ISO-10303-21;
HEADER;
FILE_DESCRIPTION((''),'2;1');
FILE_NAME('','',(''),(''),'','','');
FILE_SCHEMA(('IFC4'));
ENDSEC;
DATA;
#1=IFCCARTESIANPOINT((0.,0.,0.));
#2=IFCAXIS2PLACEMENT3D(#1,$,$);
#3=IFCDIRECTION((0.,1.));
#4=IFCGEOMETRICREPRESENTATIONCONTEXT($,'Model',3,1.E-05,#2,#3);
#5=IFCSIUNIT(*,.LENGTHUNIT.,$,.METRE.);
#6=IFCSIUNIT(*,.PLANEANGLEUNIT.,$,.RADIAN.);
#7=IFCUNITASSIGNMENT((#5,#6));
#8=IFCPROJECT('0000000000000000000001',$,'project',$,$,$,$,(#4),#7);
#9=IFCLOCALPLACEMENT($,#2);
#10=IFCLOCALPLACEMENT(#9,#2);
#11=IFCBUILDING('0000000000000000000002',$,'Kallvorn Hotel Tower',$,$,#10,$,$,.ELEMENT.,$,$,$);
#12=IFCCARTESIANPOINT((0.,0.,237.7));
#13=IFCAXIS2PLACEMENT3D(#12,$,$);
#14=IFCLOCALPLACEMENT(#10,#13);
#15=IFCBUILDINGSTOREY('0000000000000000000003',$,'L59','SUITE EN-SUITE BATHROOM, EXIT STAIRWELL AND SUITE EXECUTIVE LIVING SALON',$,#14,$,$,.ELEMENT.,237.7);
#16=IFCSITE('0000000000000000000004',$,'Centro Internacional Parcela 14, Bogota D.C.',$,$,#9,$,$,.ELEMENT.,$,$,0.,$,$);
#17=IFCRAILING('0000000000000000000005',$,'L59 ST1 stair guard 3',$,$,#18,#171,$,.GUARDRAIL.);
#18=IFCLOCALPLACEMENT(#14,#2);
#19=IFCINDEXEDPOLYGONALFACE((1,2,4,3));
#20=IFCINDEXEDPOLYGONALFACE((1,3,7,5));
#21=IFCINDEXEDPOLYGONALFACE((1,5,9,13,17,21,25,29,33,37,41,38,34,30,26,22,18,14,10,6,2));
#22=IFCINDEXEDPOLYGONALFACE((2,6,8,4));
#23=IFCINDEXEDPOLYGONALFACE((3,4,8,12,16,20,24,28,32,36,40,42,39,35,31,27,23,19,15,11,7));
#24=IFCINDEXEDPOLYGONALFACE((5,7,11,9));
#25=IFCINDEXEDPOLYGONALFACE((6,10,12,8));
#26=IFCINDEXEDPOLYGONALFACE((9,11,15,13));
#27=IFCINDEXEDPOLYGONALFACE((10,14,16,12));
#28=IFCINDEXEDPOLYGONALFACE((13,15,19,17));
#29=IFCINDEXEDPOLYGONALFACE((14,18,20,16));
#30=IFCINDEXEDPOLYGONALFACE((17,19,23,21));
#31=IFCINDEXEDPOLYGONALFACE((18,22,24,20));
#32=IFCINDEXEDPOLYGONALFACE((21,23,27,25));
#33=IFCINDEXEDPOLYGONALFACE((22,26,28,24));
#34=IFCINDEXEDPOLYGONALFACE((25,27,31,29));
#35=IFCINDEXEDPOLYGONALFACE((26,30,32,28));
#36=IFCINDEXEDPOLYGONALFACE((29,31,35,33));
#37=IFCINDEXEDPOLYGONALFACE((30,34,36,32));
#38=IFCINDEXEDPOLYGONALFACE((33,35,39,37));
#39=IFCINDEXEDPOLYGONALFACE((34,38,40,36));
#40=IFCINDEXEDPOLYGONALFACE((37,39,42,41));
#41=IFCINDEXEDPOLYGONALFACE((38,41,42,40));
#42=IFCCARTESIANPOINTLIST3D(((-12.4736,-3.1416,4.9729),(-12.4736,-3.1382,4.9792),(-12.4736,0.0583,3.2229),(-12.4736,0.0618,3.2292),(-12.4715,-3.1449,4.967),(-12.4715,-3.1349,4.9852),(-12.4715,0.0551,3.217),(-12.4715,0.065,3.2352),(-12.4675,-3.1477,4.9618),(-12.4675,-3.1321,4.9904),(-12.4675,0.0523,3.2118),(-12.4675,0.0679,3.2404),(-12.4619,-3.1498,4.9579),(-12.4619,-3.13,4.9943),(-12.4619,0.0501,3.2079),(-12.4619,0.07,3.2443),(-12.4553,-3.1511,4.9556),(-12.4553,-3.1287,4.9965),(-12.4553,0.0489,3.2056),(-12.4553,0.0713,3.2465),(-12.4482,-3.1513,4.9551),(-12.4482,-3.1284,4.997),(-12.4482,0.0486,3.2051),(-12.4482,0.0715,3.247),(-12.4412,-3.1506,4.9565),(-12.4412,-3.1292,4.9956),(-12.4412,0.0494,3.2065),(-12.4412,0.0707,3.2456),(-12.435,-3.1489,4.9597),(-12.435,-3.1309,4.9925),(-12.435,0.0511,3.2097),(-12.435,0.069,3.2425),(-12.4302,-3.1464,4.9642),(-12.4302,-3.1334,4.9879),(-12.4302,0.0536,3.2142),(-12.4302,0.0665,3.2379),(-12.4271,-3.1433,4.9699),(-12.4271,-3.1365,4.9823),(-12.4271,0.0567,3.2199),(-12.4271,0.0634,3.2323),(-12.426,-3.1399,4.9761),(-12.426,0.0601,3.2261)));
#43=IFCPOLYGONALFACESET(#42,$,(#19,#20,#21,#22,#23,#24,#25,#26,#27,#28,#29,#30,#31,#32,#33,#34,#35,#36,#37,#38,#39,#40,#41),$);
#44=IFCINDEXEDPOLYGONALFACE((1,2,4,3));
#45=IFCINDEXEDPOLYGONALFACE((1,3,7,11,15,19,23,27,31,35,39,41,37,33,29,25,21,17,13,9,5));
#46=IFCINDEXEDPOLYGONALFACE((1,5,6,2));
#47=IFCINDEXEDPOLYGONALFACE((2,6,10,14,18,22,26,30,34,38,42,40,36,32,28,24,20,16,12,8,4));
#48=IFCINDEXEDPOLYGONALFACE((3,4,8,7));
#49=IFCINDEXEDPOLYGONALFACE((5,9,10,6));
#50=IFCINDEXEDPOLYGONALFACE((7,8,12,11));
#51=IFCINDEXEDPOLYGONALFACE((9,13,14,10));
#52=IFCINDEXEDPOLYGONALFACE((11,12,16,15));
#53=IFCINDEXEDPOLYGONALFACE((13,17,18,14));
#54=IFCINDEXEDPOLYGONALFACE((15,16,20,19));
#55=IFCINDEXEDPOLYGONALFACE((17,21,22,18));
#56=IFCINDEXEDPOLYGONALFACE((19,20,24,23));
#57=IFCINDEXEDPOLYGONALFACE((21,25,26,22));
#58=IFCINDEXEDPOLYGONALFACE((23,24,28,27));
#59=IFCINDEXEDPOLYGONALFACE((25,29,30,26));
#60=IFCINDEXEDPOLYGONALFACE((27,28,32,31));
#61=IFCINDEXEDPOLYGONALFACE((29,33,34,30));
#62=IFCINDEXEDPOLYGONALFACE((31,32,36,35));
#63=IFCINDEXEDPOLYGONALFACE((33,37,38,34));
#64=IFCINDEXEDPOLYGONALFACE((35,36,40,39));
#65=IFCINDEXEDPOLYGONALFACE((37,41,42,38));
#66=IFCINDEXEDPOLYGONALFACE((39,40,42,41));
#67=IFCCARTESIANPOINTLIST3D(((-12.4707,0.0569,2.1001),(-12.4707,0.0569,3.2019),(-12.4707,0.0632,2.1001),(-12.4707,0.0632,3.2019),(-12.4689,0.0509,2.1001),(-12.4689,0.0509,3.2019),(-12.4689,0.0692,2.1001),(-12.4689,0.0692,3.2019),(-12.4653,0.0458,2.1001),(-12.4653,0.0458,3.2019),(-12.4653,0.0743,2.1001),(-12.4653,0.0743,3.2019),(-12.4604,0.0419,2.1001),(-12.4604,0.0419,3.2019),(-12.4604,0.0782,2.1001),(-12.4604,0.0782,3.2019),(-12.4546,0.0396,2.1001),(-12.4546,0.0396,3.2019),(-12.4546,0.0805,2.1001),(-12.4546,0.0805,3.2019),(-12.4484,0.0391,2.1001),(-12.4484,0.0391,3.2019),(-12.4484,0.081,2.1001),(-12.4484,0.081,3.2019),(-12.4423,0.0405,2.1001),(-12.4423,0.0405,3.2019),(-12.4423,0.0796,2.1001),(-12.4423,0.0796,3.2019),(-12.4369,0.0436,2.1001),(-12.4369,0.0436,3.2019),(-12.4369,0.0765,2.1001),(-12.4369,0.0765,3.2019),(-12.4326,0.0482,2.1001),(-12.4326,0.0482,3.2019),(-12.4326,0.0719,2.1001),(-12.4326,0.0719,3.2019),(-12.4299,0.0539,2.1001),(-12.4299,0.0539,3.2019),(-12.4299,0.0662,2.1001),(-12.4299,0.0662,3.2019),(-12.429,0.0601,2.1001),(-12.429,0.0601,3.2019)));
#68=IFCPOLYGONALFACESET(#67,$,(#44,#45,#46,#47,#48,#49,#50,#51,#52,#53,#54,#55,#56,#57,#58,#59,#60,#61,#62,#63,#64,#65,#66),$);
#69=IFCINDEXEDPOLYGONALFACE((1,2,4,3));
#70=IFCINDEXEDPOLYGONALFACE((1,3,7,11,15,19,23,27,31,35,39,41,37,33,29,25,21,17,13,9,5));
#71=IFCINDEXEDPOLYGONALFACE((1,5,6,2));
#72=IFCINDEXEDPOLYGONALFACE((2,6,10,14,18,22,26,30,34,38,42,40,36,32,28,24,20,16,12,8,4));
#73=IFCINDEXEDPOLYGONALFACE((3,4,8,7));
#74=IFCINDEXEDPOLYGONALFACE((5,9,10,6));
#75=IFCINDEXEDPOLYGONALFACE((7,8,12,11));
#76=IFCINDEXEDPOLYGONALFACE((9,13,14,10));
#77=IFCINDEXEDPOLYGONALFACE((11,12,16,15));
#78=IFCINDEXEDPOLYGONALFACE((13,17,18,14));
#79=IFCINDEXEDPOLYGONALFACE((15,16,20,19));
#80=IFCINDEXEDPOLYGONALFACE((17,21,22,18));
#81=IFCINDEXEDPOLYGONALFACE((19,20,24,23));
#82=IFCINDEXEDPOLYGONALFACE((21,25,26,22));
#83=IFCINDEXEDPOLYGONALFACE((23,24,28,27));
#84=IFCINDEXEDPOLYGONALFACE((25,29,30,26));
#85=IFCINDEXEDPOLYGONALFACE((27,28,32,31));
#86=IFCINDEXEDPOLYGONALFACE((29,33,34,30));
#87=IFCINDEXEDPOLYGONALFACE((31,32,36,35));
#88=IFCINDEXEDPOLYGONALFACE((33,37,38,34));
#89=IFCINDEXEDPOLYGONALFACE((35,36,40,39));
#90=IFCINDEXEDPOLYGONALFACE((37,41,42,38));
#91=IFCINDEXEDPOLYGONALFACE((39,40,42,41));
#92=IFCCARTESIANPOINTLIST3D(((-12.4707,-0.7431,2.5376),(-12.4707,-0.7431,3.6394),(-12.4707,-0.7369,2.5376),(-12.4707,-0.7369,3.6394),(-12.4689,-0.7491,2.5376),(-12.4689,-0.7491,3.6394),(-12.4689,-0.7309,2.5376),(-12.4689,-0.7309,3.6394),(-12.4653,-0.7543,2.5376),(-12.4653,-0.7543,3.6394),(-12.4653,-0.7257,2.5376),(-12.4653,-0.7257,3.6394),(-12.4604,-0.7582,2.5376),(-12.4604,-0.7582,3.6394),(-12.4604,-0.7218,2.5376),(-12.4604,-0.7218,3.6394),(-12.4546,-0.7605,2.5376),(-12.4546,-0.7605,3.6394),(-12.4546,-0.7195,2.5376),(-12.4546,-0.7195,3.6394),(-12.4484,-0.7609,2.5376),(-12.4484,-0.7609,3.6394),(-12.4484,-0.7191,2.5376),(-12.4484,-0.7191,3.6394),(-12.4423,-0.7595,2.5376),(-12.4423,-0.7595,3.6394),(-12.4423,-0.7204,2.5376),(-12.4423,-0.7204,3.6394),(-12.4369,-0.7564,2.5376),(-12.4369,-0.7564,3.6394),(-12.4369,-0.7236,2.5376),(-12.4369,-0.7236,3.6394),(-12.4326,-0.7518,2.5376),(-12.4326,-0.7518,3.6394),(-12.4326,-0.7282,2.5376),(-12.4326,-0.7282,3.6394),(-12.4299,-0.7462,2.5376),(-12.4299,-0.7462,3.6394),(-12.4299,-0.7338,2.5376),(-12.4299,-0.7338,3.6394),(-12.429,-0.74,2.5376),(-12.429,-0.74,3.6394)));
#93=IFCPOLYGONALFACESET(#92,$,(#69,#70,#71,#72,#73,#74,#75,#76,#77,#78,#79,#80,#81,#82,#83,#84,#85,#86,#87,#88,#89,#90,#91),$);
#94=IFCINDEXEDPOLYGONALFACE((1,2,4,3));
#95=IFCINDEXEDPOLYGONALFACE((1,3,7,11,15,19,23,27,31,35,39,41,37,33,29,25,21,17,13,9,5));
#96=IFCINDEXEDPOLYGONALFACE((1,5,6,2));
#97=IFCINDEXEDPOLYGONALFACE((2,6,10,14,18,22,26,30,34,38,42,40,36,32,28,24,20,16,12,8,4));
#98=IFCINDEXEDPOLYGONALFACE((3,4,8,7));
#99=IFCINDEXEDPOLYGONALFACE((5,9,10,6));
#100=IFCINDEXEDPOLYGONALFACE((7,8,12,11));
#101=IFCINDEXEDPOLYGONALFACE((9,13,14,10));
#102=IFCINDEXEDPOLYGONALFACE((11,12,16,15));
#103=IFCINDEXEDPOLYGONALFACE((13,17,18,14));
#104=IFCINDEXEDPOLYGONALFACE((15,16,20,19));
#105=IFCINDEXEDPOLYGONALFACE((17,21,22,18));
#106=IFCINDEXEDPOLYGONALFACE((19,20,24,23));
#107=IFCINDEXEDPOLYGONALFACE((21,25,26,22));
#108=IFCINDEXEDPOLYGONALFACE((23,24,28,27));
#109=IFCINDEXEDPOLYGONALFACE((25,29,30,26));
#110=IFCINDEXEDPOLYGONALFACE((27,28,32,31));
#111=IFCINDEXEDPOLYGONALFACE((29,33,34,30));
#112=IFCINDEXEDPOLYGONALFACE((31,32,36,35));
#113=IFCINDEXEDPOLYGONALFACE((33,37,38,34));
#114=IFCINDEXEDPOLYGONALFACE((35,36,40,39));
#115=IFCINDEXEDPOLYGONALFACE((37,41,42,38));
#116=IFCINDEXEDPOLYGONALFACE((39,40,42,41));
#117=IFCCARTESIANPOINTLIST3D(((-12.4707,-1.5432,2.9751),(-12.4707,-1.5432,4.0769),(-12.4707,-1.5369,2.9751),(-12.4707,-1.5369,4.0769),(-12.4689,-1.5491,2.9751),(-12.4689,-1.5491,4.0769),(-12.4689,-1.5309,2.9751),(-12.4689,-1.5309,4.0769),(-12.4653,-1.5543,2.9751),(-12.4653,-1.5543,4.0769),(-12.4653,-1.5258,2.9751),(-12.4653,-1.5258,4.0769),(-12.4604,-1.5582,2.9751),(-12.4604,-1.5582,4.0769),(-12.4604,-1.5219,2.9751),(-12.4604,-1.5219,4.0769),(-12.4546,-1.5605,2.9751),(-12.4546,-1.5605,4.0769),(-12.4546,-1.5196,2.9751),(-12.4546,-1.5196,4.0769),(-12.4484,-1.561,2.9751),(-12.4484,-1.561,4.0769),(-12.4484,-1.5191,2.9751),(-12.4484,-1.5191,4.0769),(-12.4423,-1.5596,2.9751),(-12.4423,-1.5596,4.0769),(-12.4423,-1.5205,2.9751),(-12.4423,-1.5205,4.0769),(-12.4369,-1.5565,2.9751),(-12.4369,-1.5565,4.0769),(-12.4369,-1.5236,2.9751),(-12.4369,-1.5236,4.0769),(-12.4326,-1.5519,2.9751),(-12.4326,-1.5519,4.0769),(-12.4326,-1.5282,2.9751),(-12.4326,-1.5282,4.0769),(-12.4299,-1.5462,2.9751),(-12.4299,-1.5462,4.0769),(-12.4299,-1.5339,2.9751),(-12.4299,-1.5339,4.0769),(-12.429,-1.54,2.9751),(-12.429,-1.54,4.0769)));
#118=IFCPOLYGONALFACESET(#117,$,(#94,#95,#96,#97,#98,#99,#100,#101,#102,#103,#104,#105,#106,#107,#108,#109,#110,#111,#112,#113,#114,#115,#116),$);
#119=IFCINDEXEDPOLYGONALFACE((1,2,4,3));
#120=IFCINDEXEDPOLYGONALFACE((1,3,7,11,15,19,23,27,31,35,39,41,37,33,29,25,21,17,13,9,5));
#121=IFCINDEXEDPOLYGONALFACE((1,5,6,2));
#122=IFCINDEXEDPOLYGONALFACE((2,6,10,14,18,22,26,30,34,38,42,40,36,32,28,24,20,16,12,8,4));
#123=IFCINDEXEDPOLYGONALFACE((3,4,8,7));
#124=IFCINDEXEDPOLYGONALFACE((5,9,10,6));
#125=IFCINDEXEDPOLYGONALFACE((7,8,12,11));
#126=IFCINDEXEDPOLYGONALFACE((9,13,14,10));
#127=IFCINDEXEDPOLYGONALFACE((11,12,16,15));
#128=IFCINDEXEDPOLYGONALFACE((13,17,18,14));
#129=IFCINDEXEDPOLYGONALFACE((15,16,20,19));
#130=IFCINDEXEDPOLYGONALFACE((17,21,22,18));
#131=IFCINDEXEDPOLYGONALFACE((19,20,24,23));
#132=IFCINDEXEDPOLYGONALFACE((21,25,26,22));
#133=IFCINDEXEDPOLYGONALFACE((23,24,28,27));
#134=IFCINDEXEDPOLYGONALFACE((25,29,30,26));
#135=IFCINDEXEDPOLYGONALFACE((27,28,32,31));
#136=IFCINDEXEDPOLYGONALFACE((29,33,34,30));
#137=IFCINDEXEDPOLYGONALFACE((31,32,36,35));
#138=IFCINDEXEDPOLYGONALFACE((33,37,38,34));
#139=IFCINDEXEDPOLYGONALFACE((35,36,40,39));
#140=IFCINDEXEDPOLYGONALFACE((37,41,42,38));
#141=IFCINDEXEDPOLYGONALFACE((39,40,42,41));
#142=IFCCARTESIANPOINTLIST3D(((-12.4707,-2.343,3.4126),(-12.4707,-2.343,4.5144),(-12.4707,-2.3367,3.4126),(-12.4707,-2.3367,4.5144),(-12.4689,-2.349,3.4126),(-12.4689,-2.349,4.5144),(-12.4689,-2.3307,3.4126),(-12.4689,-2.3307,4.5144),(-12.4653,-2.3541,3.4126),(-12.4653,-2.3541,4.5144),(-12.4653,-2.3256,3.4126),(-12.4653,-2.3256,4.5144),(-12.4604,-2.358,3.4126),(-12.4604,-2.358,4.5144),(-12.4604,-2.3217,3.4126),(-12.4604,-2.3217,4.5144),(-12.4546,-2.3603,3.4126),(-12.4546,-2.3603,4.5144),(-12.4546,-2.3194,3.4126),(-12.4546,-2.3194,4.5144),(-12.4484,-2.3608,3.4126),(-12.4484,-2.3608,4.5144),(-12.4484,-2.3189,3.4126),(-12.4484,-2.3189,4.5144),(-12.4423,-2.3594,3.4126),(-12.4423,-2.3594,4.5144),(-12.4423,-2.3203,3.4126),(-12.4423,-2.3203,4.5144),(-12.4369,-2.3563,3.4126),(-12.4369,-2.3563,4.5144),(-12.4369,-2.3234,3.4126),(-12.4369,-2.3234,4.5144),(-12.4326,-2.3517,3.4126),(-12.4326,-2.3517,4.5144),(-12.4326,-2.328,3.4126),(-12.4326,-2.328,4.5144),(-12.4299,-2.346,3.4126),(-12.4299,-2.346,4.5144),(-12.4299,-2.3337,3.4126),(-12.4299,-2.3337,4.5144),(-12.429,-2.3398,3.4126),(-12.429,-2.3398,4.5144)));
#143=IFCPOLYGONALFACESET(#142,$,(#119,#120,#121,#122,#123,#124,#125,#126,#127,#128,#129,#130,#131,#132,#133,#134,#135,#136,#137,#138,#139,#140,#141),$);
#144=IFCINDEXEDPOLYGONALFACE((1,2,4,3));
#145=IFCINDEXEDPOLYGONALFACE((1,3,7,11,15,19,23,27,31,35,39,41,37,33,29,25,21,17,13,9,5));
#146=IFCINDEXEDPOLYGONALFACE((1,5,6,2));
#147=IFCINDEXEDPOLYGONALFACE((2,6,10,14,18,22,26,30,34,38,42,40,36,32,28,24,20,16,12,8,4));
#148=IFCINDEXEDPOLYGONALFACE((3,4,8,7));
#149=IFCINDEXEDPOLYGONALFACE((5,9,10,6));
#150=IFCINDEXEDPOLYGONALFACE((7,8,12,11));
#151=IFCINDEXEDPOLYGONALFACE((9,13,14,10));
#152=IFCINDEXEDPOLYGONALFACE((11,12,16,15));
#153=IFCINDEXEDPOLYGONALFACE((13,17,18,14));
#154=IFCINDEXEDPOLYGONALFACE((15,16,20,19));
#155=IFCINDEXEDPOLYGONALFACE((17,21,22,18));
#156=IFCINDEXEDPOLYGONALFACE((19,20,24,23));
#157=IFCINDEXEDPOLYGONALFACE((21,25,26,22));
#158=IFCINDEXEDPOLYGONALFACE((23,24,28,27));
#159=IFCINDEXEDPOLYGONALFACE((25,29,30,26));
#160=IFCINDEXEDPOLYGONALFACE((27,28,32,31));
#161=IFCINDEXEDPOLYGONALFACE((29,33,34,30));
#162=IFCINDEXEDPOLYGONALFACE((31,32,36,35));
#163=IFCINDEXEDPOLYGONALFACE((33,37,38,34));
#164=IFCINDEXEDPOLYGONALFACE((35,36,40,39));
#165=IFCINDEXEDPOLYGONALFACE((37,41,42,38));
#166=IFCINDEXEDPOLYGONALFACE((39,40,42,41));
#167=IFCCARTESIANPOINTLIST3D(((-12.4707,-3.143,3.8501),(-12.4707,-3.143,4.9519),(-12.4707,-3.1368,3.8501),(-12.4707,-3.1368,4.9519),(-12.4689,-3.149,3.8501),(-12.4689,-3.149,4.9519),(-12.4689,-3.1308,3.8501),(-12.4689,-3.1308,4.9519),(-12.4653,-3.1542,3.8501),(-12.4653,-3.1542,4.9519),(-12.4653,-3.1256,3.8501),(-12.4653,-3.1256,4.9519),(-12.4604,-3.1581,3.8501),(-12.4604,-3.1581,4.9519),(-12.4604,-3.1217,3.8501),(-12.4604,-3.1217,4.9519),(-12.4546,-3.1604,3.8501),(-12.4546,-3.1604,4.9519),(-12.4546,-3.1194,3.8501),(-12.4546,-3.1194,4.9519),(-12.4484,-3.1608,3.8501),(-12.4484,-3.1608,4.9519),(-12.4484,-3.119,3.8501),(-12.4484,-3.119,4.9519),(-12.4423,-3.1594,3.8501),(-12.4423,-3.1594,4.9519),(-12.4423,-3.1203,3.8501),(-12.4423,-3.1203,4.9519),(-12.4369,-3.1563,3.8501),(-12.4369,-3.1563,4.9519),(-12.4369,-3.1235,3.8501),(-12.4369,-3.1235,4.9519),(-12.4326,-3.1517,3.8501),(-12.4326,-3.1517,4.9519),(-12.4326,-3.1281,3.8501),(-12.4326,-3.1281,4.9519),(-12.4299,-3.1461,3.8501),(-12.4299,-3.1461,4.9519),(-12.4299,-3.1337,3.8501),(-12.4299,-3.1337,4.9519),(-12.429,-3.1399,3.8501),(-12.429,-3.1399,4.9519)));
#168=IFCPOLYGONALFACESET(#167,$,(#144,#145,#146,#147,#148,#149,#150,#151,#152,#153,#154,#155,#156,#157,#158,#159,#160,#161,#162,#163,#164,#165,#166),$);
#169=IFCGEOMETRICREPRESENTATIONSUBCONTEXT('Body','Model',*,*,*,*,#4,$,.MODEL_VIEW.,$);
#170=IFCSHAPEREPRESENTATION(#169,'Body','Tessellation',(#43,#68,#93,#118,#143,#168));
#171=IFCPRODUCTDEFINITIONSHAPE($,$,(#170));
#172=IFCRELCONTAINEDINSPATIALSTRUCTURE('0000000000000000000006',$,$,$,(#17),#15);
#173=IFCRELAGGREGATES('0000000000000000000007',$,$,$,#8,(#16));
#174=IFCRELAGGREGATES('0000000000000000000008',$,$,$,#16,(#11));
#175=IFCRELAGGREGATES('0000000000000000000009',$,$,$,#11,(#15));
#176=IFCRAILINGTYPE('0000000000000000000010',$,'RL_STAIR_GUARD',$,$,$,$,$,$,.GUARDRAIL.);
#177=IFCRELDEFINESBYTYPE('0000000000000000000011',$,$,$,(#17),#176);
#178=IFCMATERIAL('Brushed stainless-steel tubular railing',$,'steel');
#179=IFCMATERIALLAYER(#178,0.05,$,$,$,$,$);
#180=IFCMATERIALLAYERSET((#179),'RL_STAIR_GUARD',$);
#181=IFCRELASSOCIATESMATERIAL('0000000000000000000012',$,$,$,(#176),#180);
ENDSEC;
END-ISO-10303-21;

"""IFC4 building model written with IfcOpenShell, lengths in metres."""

from ifc_helpers import new_model, si_unit, direction, frame, origin, origin_2d, place, context, subcontext, project, spatial, circle, extrude, material, layer, layer_set, type_object, element, save


model = new_model("IFC4")

# Units and contexts
model_context = context("Model", 3, precision=1e-05, world=origin(), true_north=direction((0.0, 1.0)))
body_context = subcontext(model_context, "Body", "Model", "MODEL_VIEW")
ifc_project = project(units=[si_unit("LENGTHUNIT", "METRE"), si_unit("PLANEANGLEUNIT", "RADIAN")], contexts=[model_context])

# Site, building, storey
site_placement = place(None, origin())
site = spatial("IfcSite", under=ifc_project, at=site_placement, Name="Centro Internacional Parcela 14, Bogota D.C.", CompositionType="ELEMENT", RefElevation=0.0)
building_placement = place(site_placement, origin())
building = spatial("IfcBuilding", under=site, at=building_placement, Name="Kallvorn Hotel Tower", CompositionType="ELEMENT")
storey_placement = place(building_placement, frame((0.0, 0.0, 237.7)))
storey = spatial("IfcBuildingStorey", under=building, at=storey_placement, Name="L59", Description="SUITE EN-SUITE BATHROOM, EXIT STAIRWELL AND SUITE EXECUTIVE LIVING SALON", CompositionType="ELEMENT", Elevation=237.7)

# Railing
ifc_material_1 = material(Name="Brushed stainless-steel tubular railing", Category="steel")
ifc_layer_1 = layer(ifc_material_1, 0.05)
ifc_layer_set_1 = layer_set([ifc_layer_1], Name="RL_STAIR_GUARD")
railing_type_1 = type_object("IfcRailingType", Name="RL_STAIR_GUARD", PredefinedType="GUARDRAIL", material=ifc_layer_set_1)
railing_1_placement = place(storey_placement, frame((-12.45, 0.0601, 2.1001)))
element("IfcRailing", 1, at=railing_1_placement, inside=storey, type_object=railing_type_1, Name="L59 ST1 stair guard 3", PredefinedType="GUARDRAIL", context=body_context, shape_type="SweptSolid", body=[
    extrude(circle(Radius=0.0239, at=origin_2d()), frame((0.0, 0.0, 1.126), z_axis=(0.0, -0.877368, 0.479818), x_axis=(1.0, 0.0, 0.0)), (0.0, 0.0, 1.0), 3.6472),
    extrude(circle(Radius=0.021, at=origin_2d()), origin(), (0.0, 0.0, 1.0), 1.1018),
    extrude(circle(Radius=0.021, at=origin_2d()), frame((0.0, -0.8, 0.4375)), (0.0, 0.0, 1.0), 1.1018),
    extrude(circle(Radius=0.021, at=origin_2d()), frame((0.0, -1.6001, 0.875)), (0.0, 0.0, 1.0), 1.1018),
    extrude(circle(Radius=0.021, at=origin_2d()), frame((0.0, -2.3999, 1.3125)), (0.0, 0.0, 1.0), 1.1018),
    extrude(circle(Radius=0.021, at=origin_2d()), frame((0.0, -3.2, 1.75)), (0.0, 0.0, 1.0), 1.1018),
])

save(model, "model.ifc")
